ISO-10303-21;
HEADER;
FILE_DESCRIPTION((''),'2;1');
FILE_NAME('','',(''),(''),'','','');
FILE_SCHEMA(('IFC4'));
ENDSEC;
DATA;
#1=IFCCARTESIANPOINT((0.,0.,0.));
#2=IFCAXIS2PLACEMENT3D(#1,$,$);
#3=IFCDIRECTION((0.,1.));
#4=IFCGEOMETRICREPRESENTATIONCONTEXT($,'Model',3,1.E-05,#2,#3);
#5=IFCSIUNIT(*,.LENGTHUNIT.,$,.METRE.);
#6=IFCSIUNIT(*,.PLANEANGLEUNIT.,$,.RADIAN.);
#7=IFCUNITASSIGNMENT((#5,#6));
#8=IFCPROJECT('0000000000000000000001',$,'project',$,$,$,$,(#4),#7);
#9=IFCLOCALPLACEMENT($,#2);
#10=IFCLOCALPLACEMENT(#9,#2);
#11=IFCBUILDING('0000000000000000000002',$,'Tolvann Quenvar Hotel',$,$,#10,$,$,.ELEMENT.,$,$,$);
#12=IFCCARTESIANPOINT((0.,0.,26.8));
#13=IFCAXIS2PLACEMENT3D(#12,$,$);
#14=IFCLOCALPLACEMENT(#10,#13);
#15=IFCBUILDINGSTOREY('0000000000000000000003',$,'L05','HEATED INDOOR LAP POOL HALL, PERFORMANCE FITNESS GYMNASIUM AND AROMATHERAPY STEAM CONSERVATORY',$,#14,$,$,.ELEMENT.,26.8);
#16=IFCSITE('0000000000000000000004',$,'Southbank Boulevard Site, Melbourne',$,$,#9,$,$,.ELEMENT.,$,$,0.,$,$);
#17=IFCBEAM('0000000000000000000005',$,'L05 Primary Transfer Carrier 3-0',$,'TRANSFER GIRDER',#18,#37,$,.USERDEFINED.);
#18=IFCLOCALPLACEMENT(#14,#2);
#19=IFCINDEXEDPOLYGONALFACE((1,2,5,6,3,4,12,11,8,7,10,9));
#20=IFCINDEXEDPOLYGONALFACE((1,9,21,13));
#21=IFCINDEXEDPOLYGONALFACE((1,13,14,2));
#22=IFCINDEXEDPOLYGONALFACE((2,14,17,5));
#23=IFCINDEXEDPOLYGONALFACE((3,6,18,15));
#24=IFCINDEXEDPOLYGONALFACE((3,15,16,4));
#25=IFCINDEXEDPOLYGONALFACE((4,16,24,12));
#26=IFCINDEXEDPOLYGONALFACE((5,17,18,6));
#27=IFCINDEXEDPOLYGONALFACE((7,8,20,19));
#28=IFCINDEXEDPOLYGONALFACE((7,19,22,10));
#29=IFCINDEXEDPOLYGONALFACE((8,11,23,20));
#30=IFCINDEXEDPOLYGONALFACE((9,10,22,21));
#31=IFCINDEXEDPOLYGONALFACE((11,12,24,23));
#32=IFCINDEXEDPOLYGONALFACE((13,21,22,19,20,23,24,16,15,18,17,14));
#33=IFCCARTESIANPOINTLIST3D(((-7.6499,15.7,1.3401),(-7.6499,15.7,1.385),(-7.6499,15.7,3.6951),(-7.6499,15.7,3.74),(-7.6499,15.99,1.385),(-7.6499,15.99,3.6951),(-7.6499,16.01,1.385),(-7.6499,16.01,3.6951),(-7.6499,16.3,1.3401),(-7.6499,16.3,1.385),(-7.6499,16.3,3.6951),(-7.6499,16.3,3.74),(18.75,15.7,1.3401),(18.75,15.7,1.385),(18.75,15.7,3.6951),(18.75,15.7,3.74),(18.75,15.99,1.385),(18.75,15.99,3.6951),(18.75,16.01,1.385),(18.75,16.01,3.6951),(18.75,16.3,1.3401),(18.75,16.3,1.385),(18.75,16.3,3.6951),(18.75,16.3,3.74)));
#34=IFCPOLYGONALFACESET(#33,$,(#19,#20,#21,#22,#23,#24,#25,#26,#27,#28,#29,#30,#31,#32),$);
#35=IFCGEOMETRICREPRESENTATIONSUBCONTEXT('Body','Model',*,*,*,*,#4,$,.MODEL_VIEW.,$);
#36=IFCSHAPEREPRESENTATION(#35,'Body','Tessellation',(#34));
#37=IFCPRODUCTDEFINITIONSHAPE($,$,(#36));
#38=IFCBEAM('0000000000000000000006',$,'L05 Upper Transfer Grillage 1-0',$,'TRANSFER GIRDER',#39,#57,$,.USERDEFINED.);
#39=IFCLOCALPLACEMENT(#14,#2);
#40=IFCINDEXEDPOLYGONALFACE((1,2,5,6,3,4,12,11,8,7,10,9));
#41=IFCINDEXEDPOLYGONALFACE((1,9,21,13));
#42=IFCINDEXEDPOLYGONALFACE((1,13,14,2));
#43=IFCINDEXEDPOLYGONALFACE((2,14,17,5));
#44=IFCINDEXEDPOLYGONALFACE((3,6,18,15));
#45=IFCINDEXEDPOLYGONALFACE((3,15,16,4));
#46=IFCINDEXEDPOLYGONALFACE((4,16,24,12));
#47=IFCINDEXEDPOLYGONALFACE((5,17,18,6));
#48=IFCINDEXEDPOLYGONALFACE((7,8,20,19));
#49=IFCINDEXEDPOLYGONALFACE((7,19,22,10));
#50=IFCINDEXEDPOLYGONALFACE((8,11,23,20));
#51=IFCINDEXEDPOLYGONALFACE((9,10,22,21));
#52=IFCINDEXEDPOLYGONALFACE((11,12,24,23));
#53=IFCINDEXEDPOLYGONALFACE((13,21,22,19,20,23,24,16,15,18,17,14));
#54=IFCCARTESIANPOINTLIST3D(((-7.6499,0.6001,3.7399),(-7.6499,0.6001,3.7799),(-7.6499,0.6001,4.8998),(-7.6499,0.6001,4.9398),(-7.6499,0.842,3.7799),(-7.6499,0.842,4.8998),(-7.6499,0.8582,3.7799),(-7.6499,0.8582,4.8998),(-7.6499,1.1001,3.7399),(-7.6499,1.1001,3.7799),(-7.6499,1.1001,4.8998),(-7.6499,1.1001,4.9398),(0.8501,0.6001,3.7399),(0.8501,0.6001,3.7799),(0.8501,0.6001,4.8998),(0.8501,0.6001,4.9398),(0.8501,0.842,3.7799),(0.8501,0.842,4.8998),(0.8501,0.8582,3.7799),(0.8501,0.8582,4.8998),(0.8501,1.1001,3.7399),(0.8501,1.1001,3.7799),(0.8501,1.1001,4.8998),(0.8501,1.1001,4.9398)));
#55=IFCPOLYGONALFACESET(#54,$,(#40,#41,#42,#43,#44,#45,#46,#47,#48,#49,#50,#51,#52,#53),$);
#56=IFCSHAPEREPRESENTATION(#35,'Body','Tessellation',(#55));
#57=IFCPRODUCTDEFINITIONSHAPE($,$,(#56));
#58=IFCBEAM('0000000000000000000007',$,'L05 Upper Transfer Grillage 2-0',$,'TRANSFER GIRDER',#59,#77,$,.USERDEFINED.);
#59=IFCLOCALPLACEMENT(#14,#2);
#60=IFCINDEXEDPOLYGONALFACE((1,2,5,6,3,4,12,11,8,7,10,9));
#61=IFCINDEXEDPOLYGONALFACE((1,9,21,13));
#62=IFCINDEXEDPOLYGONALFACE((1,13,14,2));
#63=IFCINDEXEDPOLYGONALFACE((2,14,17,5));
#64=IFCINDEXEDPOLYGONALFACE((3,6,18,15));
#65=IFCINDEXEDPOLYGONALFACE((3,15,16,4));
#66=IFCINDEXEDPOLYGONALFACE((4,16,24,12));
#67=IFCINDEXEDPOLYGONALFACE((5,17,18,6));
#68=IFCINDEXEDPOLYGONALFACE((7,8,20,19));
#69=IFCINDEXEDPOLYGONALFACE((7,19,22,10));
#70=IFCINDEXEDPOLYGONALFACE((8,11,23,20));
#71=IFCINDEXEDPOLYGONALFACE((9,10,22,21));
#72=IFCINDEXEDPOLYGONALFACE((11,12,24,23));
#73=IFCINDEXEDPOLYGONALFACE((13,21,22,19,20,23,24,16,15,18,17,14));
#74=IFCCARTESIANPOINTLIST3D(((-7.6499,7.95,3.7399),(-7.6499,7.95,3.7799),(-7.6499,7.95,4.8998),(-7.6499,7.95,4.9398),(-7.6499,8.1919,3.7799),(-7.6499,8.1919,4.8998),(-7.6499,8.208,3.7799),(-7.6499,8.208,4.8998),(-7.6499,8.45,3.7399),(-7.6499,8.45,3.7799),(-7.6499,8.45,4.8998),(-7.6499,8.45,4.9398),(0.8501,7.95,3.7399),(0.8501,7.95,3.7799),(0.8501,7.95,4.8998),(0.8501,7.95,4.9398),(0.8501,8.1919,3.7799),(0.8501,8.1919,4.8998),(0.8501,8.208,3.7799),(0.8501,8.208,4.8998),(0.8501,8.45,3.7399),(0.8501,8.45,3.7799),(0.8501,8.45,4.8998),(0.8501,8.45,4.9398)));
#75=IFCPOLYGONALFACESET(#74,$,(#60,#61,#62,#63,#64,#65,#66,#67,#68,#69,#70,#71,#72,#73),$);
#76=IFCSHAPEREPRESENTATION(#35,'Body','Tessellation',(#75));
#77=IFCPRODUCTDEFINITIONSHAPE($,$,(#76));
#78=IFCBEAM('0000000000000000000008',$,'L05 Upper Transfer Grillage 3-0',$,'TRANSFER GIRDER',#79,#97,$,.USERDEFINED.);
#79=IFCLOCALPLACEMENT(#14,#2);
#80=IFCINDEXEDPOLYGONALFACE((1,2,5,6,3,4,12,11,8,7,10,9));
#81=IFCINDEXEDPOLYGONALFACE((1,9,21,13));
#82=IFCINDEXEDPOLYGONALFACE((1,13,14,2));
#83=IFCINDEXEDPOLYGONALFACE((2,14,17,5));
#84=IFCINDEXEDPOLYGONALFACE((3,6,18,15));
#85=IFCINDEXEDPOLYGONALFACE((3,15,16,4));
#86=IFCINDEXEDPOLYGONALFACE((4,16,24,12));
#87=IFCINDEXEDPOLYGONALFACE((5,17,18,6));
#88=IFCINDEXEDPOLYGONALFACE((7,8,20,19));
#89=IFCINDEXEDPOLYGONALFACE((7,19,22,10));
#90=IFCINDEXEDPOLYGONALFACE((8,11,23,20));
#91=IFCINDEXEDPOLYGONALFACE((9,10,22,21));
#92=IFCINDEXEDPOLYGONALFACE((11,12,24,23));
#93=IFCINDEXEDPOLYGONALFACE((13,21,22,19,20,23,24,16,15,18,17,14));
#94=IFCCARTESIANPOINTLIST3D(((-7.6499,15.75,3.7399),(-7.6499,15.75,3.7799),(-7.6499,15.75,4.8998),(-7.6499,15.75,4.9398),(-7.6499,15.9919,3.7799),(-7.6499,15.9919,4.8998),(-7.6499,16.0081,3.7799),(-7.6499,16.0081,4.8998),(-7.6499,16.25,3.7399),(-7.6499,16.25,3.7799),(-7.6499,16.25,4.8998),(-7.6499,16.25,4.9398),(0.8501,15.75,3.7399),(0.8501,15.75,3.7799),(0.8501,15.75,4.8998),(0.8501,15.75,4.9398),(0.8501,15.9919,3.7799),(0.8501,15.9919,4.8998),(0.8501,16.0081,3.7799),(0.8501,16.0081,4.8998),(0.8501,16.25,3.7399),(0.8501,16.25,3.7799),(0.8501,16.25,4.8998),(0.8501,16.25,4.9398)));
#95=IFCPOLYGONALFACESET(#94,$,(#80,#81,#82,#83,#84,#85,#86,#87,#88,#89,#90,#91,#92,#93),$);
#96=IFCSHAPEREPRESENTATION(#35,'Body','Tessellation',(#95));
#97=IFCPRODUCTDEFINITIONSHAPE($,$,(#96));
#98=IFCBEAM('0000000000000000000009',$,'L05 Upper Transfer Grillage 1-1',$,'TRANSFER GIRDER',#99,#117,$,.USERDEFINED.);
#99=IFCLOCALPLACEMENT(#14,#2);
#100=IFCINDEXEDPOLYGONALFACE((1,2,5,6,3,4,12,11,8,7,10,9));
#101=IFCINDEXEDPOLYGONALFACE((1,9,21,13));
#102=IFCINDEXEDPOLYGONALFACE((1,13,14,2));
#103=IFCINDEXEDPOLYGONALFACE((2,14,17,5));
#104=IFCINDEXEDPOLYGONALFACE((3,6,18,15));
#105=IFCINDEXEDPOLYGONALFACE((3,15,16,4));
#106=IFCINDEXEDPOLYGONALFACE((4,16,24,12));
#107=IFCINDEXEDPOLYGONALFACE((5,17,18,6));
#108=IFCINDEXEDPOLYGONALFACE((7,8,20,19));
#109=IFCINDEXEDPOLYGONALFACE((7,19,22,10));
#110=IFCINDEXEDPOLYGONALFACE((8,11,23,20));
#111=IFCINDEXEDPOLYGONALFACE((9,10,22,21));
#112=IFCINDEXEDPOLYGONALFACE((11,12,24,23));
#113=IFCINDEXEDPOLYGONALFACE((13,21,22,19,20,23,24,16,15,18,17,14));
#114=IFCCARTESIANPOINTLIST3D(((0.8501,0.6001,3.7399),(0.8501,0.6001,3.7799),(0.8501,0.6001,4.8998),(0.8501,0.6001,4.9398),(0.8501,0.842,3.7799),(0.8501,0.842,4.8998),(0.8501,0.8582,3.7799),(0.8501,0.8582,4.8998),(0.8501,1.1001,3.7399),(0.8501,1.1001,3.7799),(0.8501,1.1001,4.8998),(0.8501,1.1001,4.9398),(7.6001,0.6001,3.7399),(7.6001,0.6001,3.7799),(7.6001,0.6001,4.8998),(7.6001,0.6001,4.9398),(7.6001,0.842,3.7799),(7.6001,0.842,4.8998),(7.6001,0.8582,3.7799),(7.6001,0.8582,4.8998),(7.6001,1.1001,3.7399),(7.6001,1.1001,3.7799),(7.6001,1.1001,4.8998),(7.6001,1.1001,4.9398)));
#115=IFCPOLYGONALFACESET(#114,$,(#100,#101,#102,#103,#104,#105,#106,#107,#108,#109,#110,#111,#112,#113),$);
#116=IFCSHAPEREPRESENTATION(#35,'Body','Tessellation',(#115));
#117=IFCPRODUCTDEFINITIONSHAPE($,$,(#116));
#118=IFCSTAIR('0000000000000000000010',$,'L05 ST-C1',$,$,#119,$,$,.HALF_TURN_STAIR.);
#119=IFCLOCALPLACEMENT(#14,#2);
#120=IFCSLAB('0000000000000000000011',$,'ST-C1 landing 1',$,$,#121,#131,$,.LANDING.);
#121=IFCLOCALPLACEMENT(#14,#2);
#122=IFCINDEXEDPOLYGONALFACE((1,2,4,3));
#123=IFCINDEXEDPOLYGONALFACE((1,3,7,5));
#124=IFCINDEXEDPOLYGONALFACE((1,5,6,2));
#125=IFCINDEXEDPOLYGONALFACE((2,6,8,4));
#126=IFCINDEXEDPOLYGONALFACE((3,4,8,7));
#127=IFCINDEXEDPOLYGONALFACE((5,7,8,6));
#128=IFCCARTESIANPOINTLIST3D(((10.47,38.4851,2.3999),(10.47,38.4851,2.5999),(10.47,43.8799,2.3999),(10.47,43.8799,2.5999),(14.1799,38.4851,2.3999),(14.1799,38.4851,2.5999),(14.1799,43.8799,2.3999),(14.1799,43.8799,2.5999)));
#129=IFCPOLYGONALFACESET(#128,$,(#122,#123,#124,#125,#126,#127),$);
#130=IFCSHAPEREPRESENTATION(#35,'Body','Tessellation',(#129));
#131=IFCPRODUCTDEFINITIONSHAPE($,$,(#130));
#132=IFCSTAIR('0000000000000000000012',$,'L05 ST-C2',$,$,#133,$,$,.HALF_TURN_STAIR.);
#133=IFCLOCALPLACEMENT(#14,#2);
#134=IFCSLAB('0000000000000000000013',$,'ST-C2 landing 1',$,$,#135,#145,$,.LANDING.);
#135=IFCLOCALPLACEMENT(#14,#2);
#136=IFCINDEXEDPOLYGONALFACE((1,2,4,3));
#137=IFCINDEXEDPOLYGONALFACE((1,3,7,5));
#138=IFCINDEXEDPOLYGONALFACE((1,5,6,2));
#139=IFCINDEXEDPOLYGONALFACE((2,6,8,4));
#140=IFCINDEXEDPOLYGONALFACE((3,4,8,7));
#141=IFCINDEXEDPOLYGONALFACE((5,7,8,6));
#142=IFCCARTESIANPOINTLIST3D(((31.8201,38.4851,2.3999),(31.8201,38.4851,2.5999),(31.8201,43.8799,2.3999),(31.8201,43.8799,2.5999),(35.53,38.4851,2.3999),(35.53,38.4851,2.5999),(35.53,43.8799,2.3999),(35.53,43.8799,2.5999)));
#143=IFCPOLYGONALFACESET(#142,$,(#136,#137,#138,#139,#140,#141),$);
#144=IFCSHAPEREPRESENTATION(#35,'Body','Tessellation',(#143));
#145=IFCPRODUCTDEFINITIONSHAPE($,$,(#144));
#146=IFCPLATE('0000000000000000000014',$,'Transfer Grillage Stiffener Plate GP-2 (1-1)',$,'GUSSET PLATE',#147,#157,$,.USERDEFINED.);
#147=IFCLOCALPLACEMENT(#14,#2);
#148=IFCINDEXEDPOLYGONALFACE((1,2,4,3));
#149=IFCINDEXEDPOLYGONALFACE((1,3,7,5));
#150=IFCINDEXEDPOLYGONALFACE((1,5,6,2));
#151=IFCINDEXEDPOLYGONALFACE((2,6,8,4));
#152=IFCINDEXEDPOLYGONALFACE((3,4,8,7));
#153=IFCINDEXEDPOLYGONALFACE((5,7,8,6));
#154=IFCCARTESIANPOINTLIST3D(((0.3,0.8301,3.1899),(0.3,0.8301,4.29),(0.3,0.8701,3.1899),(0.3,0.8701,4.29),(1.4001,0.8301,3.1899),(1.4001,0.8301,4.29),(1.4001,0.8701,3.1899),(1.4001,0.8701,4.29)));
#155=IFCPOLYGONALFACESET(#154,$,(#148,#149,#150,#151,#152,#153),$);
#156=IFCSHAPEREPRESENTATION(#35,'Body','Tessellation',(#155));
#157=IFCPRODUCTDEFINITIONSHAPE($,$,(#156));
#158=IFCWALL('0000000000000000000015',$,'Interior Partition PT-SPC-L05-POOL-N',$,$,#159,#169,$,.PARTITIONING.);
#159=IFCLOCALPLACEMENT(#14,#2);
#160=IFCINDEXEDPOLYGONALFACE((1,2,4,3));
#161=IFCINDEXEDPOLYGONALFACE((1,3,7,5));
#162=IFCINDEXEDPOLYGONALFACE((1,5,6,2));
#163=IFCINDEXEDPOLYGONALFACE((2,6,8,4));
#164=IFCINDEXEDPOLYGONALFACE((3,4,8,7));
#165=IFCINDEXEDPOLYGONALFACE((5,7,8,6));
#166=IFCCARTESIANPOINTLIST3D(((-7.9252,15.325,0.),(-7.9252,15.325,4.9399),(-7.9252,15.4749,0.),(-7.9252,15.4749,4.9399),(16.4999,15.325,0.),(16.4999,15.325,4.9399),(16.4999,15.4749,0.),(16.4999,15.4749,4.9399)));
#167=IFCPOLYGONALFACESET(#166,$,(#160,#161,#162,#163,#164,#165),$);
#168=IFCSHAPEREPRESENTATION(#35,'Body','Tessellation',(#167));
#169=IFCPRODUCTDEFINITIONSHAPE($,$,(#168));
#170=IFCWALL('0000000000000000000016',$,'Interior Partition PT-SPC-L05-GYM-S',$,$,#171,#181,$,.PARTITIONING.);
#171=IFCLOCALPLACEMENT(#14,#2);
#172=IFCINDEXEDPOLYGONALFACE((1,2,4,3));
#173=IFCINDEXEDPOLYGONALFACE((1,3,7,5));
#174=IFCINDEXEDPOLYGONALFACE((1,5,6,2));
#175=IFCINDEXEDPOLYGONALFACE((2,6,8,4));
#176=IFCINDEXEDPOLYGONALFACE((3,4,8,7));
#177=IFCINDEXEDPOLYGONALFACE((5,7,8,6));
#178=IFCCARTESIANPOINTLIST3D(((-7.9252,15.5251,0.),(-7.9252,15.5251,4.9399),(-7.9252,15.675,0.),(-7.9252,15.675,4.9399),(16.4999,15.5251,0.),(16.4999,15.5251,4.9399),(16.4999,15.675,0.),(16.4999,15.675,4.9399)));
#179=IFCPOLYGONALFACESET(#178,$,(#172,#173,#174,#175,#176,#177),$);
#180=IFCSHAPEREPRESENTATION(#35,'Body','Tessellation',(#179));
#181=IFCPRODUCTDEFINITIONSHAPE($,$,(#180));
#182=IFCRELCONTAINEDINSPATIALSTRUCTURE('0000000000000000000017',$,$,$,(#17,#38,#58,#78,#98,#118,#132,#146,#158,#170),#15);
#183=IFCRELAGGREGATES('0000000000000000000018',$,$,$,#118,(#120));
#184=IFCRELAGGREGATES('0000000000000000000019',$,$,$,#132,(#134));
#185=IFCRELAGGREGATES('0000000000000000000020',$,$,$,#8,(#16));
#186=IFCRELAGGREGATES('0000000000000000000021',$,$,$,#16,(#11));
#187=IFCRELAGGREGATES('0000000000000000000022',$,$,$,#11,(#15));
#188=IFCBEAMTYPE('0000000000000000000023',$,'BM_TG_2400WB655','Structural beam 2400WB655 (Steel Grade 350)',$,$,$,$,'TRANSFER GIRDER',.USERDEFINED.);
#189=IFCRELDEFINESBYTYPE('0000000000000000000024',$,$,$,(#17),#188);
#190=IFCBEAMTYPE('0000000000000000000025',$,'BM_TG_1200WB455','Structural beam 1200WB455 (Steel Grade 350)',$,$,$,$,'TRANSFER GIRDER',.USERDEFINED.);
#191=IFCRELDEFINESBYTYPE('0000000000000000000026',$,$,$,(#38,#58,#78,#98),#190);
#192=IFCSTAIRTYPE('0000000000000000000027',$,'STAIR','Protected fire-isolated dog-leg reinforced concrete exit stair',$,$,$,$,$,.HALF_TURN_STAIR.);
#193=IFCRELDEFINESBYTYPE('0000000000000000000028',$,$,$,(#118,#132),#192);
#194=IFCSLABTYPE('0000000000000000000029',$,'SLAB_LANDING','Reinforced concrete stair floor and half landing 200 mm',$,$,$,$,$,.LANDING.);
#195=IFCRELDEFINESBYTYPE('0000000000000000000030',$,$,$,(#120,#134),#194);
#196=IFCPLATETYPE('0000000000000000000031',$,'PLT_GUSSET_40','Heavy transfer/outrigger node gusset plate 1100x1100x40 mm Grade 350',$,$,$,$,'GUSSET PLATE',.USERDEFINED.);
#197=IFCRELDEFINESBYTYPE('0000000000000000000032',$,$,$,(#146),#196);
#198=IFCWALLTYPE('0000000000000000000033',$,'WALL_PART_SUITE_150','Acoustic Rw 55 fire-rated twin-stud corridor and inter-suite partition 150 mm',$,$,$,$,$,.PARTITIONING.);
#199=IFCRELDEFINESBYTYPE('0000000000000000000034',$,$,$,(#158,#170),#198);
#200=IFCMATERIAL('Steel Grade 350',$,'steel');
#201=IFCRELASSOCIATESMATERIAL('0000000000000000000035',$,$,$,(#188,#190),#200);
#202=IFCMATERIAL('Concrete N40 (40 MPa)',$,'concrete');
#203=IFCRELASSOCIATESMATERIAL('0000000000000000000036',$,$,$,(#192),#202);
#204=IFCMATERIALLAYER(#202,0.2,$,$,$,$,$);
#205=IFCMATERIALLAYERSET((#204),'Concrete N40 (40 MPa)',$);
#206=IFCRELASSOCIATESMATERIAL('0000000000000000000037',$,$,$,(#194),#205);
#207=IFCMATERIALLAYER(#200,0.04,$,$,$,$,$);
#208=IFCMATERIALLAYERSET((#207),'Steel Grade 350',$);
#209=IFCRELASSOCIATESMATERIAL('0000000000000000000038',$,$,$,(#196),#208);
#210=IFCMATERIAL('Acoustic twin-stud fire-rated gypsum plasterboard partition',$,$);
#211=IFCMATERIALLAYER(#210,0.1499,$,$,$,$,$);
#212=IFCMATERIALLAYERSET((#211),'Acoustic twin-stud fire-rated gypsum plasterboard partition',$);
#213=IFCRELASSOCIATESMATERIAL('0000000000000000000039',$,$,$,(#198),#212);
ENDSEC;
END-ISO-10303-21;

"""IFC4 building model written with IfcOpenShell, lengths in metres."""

from ifc_helpers import new_model, si_unit, direction, frame, frame_2d, origin, origin_2d, place, context, subcontext, project, spatial, polyline, rectangle, i_section, outline, extrude, source, transform, mapped, material, layer, layer_set, material_profile, profile_set, type_object, type_shapes, element, aggregate, save


model = new_model("IFC4")

# Units and contexts
model_context = context("Model", 3, precision=1e-05, world=origin(), true_north=direction((0.0, 1.0)))
body_context = subcontext(model_context, "Body", "Model", "MODEL_VIEW")
ifc_project = project(units=[si_unit("LENGTHUNIT", "METRE"), si_unit("PLANEANGLEUNIT", "RADIAN")], contexts=[model_context])

# Site, building, storey
site_placement = place(None, origin())
site = spatial("IfcSite", under=ifc_project, at=site_placement, Name="Southbank Boulevard Site, Melbourne", CompositionType="ELEMENT", RefElevation=0.0)
building_placement = place(site_placement, origin())
building = spatial("IfcBuilding", under=site, at=building_placement, Name="Tolvann Quenvar Hotel", CompositionType="ELEMENT")
storey_placement = place(building_placement, frame((0.0, 0.0, 26.8)))
storey = spatial("IfcBuildingStorey", under=building, at=storey_placement, Name="L05", Description="HEATED INDOOR LAP POOL HALL, PERFORMANCE FITNESS GYMNASIUM AND AROMATHERAPY STEAM CONSERVATORY", CompositionType="ELEMENT", Elevation=26.8)

# Beams
ifc_material_1 = material(Name="Steel Grade 350", Category="steel")
ifc_material_profile_1 = material_profile(ifc_material_1, i_section(OverallWidth=0.6001, OverallDepth=2.3999, WebThickness=0.02, FlangeThickness=0.0449, at=origin_2d()), Name="2400WB655")
ifc_profile_set_1 = profile_set([ifc_material_profile_1], Name="Steel Grade 350")
beam_type_1 = type_object("IfcBeamType", Name="BM_TG_2400WB655", Description="Structural beam 2400WB655 (Steel Grade 350)", ElementType="TRANSFER GIRDER", PredefinedType="USERDEFINED", material=ifc_profile_set_1)
shared_shape_1 = source(origin(), body_context, "Body", "SweptSolid", [
    extrude(i_section(OverallWidth=0.6001, OverallDepth=2.3999, WebThickness=0.02, FlangeThickness=0.0449, at=origin_2d()), origin(), (0.0, 0.0, 1.0), 26.3999),
])
type_shapes(beam_type_1, [shared_shape_1])
for number, where, z_axis, x_axis, name in (
    (1, (-7.6499, 16.0, 2.54), (1.0, 0.0, 0.0), (0.0, 1.0, 0.0), "L05 Primary Transfer Carrier 3-0"),
):
    element("IfcBeam", number, at=place(storey_placement, frame(where, z_axis=z_axis, x_axis=x_axis)), inside=storey, type_object=beam_type_1, Name=name, ObjectType="TRANSFER GIRDER", PredefinedType="USERDEFINED", context=body_context, shape_type="MappedRepresentation", body=[
        mapped(shared_shape_1, transform((0.0, 0.0, 0.0), x_axis=(1.0, 0.0, 0.0), y_axis=(0.0, 1.0, 0.0), z_axis=(0.0, 0.0, 1.0), scale=1.0)),
    ])
ifc_material_profile_2 = material_profile(ifc_material_1, i_section(OverallWidth=0.5, OverallDepth=1.2, WebThickness=0.0161, FlangeThickness=0.04, at=origin_2d()), Name="1200WB455")
ifc_profile_set_2 = profile_set([ifc_material_profile_2], Name="Steel Grade 350")
beam_type_2 = type_object("IfcBeamType", Name="BM_TG_1200WB455", Description="Structural beam 1200WB455 (Steel Grade 350)", ElementType="TRANSFER GIRDER", PredefinedType="USERDEFINED", material=ifc_profile_set_2)
shared_shape_2 = source(origin(), body_context, "Body", "SweptSolid", [
    extrude(i_section(OverallWidth=0.5, OverallDepth=1.2, WebThickness=0.0161, FlangeThickness=0.04, at=origin_2d()), origin(), (0.0, 0.0, 1.0), 8.5),
])
for number, where, z_axis, x_axis, name in (
    (2, (-7.6499, 0.8501, 4.3398), (1.0, 0.0, 0.0), (0.0, 1.0, 0.0), "L05 Upper Transfer Grillage 1-0"),
    (3, (-7.6499, 8.2, 4.3398), (1.0, 0.0, 0.0), (0.0, 1.0, 0.0), "L05 Upper Transfer Grillage 2-0"),
    (4, (-7.6499, 16.0, 4.3398), (1.0, 0.0, 0.0), (0.0, 1.0, 0.0), "L05 Upper Transfer Grillage 3-0"),
):
    element("IfcBeam", number, at=place(storey_placement, frame(where, z_axis=z_axis, x_axis=x_axis)), inside=storey, type_object=beam_type_2, Name=name, ObjectType="TRANSFER GIRDER", PredefinedType="USERDEFINED", context=body_context, shape_type="MappedRepresentation", body=[
        mapped(shared_shape_2, transform((0.0, 0.0, 0.0), x_axis=(1.0, 0.0, 0.0), y_axis=(0.0, 1.0, 0.0), z_axis=(0.0, 0.0, 1.0), scale=1.0)),
    ])
shared_shape_3 = source(origin(), body_context, "Body", "SweptSolid", [
    extrude(i_section(OverallWidth=0.5, OverallDepth=1.2, WebThickness=0.0161, FlangeThickness=0.04, at=origin_2d()), origin(), (0.0, 0.0, 1.0), 6.75),
])
type_shapes(beam_type_2, [shared_shape_2, shared_shape_3])
beam_1_placement = place(storey_placement, frame((0.8501, 0.8501, 4.3398), z_axis=(1.0, 0.0, 0.0), x_axis=(0.0, 1.0, 0.0)))
element("IfcBeam", 5, at=beam_1_placement, inside=storey, type_object=beam_type_2, Name="L05 Upper Transfer Grillage 1-1", ObjectType="TRANSFER GIRDER", PredefinedType="USERDEFINED", context=body_context, shape_type="MappedRepresentation", body=[
    mapped(shared_shape_3, transform((0.0, 0.0, 0.0), x_axis=(1.0, 0.0, 0.0), y_axis=(0.0, 1.0, 0.0), z_axis=(0.0, 0.0, 1.0), scale=1.0)),
])

# Stairs, slabs
ifc_material_2 = material(Name="Concrete N40 (40 MPa)", Category="concrete")
stair_type = type_object("IfcStairType", Name="STAIR", Description="Protected fire-isolated dog-leg reinforced concrete exit stair", PredefinedType="HALF_TURN_STAIR", material=ifc_material_2)
stair_1_placement = place(storey_placement, origin())
stair_1 = element("IfcStair", 6, at=stair_1_placement, inside=storey, type_object=stair_type, Name="L05 ST-C1", PredefinedType="HALF_TURN_STAIR")
ifc_layer_1 = layer(ifc_material_2, 0.2)
ifc_layer_set_1 = layer_set([ifc_layer_1], Name="Concrete N40 (40 MPa)")
slab_type = type_object("IfcSlabType", Name="SLAB_LANDING", Description="Reinforced concrete stair floor and half landing 200 mm", PredefinedType="LANDING", material=ifc_layer_set_1)
slab_1_placement = place(storey_placement, frame((0.0, 0.0, 2.3999)))
slab_1 = element("IfcSlab", 7, at=slab_1_placement, type_object=slab_type, Name="ST-C1 landing 1", PredefinedType="LANDING", context=body_context, shape_type="SweptSolid", body=[
    extrude(outline(polyline([(14.1799, 38.4851), (14.1799, 43.8799), (10.47, 43.8799), (10.47, 38.4851), (14.1799, 38.4851)])), origin(), (0.0, 0.0, 1.0), 0.2),
])
aggregate(stair_1, [slab_1])
stair_2_placement = place(storey_placement, origin())
stair_2 = element("IfcStair", 8, at=stair_2_placement, inside=storey, type_object=stair_type, Name="L05 ST-C2", PredefinedType="HALF_TURN_STAIR")
slab_2_placement = place(storey_placement, frame((0.0, 0.0, 2.3999)))
slab_2 = element("IfcSlab", 9, at=slab_2_placement, type_object=slab_type, Name="ST-C2 landing 1", PredefinedType="LANDING", context=body_context, shape_type="SweptSolid", body=[
    extrude(outline(polyline([(35.53, 38.4851), (35.53, 43.8799), (31.8201, 43.8799), (31.8201, 38.4851), (35.53, 38.4851)])), origin(), (0.0, 0.0, 1.0), 0.2),
])
aggregate(stair_2, [slab_2])

# Plate
ifc_layer_2 = layer(ifc_material_1, 0.04)
ifc_layer_set_2 = layer_set([ifc_layer_2], Name="Steel Grade 350")
plate_type = type_object("IfcPlateType", Name="PLT_GUSSET_40", Description="Heavy transfer/outrigger node gusset plate 1100x1100x40 mm Grade 350", ElementType="GUSSET PLATE", PredefinedType="USERDEFINED", material=ifc_layer_set_2)
shared_shape_4 = source(origin(), body_context, "Body", "SweptSolid", [
    extrude(rectangle(XDim=1.1001, YDim=0.04, at=origin_2d()), origin(), (0.0, 0.0, 1.0), 1.1001),
])
type_shapes(plate_type, [shared_shape_4])
plate_placement = place(storey_placement, frame((0.8501, 0.8501, 3.1899), z_axis=(0.0, 0.0, 1.0), x_axis=(1.0, 0.0, 0.0)))
element("IfcPlate", 10, at=plate_placement, inside=storey, type_object=plate_type, Name="Transfer Grillage Stiffener Plate GP-2 (1-1)", ObjectType="GUSSET PLATE", PredefinedType="USERDEFINED", context=body_context, shape_type="MappedRepresentation", body=[
    mapped(shared_shape_4, transform((0.0, 0.0, 0.0), x_axis=(1.0, 0.0, 0.0), y_axis=(0.0, 1.0, 0.0), z_axis=(0.0, 0.0, 1.0), scale=1.0)),
])

# Walls
ifc_material_3 = material(Name="Acoustic twin-stud fire-rated gypsum plasterboard partition")
ifc_layer_3 = layer(ifc_material_3, 0.1499)
ifc_layer_set_3 = layer_set([ifc_layer_3], Name="Acoustic twin-stud fire-rated gypsum plasterboard partition")
wall_type = type_object("IfcWallType", Name="WALL_PART_SUITE_150", Description="Acoustic Rw 55 fire-rated twin-stud corridor and inter-suite partition 150 mm", PredefinedType="PARTITIONING", material=ifc_layer_set_3)
for number, where, z_axis, x_axis, name in (
    (11, (-7.925, 15.3999, 0.0), (0.0, 0.0, 1.0), (1.0, 0.0, 0.0), "Interior Partition PT-SPC-L05-POOL-N"),
    (12, (-7.925, 15.6001, 0.0), (0.0, 0.0, 1.0), (1.0, 0.0, 0.0), "Interior Partition PT-SPC-L05-GYM-S"),
):
    element("IfcWall", number, at=place(storey_placement, frame(where, z_axis=z_axis, x_axis=x_axis)), inside=storey, type_object=wall_type, Name=name, PredefinedType="PARTITIONING", context=body_context, shape_type="SweptSolid", body=[
        extrude(rectangle(XDim=24.425, YDim=0.1499, at=frame_2d((12.2124, 0.0))), origin(), (0.0, 0.0, 1.0), 4.9399),
    ])

save(model, "model.ifc")
